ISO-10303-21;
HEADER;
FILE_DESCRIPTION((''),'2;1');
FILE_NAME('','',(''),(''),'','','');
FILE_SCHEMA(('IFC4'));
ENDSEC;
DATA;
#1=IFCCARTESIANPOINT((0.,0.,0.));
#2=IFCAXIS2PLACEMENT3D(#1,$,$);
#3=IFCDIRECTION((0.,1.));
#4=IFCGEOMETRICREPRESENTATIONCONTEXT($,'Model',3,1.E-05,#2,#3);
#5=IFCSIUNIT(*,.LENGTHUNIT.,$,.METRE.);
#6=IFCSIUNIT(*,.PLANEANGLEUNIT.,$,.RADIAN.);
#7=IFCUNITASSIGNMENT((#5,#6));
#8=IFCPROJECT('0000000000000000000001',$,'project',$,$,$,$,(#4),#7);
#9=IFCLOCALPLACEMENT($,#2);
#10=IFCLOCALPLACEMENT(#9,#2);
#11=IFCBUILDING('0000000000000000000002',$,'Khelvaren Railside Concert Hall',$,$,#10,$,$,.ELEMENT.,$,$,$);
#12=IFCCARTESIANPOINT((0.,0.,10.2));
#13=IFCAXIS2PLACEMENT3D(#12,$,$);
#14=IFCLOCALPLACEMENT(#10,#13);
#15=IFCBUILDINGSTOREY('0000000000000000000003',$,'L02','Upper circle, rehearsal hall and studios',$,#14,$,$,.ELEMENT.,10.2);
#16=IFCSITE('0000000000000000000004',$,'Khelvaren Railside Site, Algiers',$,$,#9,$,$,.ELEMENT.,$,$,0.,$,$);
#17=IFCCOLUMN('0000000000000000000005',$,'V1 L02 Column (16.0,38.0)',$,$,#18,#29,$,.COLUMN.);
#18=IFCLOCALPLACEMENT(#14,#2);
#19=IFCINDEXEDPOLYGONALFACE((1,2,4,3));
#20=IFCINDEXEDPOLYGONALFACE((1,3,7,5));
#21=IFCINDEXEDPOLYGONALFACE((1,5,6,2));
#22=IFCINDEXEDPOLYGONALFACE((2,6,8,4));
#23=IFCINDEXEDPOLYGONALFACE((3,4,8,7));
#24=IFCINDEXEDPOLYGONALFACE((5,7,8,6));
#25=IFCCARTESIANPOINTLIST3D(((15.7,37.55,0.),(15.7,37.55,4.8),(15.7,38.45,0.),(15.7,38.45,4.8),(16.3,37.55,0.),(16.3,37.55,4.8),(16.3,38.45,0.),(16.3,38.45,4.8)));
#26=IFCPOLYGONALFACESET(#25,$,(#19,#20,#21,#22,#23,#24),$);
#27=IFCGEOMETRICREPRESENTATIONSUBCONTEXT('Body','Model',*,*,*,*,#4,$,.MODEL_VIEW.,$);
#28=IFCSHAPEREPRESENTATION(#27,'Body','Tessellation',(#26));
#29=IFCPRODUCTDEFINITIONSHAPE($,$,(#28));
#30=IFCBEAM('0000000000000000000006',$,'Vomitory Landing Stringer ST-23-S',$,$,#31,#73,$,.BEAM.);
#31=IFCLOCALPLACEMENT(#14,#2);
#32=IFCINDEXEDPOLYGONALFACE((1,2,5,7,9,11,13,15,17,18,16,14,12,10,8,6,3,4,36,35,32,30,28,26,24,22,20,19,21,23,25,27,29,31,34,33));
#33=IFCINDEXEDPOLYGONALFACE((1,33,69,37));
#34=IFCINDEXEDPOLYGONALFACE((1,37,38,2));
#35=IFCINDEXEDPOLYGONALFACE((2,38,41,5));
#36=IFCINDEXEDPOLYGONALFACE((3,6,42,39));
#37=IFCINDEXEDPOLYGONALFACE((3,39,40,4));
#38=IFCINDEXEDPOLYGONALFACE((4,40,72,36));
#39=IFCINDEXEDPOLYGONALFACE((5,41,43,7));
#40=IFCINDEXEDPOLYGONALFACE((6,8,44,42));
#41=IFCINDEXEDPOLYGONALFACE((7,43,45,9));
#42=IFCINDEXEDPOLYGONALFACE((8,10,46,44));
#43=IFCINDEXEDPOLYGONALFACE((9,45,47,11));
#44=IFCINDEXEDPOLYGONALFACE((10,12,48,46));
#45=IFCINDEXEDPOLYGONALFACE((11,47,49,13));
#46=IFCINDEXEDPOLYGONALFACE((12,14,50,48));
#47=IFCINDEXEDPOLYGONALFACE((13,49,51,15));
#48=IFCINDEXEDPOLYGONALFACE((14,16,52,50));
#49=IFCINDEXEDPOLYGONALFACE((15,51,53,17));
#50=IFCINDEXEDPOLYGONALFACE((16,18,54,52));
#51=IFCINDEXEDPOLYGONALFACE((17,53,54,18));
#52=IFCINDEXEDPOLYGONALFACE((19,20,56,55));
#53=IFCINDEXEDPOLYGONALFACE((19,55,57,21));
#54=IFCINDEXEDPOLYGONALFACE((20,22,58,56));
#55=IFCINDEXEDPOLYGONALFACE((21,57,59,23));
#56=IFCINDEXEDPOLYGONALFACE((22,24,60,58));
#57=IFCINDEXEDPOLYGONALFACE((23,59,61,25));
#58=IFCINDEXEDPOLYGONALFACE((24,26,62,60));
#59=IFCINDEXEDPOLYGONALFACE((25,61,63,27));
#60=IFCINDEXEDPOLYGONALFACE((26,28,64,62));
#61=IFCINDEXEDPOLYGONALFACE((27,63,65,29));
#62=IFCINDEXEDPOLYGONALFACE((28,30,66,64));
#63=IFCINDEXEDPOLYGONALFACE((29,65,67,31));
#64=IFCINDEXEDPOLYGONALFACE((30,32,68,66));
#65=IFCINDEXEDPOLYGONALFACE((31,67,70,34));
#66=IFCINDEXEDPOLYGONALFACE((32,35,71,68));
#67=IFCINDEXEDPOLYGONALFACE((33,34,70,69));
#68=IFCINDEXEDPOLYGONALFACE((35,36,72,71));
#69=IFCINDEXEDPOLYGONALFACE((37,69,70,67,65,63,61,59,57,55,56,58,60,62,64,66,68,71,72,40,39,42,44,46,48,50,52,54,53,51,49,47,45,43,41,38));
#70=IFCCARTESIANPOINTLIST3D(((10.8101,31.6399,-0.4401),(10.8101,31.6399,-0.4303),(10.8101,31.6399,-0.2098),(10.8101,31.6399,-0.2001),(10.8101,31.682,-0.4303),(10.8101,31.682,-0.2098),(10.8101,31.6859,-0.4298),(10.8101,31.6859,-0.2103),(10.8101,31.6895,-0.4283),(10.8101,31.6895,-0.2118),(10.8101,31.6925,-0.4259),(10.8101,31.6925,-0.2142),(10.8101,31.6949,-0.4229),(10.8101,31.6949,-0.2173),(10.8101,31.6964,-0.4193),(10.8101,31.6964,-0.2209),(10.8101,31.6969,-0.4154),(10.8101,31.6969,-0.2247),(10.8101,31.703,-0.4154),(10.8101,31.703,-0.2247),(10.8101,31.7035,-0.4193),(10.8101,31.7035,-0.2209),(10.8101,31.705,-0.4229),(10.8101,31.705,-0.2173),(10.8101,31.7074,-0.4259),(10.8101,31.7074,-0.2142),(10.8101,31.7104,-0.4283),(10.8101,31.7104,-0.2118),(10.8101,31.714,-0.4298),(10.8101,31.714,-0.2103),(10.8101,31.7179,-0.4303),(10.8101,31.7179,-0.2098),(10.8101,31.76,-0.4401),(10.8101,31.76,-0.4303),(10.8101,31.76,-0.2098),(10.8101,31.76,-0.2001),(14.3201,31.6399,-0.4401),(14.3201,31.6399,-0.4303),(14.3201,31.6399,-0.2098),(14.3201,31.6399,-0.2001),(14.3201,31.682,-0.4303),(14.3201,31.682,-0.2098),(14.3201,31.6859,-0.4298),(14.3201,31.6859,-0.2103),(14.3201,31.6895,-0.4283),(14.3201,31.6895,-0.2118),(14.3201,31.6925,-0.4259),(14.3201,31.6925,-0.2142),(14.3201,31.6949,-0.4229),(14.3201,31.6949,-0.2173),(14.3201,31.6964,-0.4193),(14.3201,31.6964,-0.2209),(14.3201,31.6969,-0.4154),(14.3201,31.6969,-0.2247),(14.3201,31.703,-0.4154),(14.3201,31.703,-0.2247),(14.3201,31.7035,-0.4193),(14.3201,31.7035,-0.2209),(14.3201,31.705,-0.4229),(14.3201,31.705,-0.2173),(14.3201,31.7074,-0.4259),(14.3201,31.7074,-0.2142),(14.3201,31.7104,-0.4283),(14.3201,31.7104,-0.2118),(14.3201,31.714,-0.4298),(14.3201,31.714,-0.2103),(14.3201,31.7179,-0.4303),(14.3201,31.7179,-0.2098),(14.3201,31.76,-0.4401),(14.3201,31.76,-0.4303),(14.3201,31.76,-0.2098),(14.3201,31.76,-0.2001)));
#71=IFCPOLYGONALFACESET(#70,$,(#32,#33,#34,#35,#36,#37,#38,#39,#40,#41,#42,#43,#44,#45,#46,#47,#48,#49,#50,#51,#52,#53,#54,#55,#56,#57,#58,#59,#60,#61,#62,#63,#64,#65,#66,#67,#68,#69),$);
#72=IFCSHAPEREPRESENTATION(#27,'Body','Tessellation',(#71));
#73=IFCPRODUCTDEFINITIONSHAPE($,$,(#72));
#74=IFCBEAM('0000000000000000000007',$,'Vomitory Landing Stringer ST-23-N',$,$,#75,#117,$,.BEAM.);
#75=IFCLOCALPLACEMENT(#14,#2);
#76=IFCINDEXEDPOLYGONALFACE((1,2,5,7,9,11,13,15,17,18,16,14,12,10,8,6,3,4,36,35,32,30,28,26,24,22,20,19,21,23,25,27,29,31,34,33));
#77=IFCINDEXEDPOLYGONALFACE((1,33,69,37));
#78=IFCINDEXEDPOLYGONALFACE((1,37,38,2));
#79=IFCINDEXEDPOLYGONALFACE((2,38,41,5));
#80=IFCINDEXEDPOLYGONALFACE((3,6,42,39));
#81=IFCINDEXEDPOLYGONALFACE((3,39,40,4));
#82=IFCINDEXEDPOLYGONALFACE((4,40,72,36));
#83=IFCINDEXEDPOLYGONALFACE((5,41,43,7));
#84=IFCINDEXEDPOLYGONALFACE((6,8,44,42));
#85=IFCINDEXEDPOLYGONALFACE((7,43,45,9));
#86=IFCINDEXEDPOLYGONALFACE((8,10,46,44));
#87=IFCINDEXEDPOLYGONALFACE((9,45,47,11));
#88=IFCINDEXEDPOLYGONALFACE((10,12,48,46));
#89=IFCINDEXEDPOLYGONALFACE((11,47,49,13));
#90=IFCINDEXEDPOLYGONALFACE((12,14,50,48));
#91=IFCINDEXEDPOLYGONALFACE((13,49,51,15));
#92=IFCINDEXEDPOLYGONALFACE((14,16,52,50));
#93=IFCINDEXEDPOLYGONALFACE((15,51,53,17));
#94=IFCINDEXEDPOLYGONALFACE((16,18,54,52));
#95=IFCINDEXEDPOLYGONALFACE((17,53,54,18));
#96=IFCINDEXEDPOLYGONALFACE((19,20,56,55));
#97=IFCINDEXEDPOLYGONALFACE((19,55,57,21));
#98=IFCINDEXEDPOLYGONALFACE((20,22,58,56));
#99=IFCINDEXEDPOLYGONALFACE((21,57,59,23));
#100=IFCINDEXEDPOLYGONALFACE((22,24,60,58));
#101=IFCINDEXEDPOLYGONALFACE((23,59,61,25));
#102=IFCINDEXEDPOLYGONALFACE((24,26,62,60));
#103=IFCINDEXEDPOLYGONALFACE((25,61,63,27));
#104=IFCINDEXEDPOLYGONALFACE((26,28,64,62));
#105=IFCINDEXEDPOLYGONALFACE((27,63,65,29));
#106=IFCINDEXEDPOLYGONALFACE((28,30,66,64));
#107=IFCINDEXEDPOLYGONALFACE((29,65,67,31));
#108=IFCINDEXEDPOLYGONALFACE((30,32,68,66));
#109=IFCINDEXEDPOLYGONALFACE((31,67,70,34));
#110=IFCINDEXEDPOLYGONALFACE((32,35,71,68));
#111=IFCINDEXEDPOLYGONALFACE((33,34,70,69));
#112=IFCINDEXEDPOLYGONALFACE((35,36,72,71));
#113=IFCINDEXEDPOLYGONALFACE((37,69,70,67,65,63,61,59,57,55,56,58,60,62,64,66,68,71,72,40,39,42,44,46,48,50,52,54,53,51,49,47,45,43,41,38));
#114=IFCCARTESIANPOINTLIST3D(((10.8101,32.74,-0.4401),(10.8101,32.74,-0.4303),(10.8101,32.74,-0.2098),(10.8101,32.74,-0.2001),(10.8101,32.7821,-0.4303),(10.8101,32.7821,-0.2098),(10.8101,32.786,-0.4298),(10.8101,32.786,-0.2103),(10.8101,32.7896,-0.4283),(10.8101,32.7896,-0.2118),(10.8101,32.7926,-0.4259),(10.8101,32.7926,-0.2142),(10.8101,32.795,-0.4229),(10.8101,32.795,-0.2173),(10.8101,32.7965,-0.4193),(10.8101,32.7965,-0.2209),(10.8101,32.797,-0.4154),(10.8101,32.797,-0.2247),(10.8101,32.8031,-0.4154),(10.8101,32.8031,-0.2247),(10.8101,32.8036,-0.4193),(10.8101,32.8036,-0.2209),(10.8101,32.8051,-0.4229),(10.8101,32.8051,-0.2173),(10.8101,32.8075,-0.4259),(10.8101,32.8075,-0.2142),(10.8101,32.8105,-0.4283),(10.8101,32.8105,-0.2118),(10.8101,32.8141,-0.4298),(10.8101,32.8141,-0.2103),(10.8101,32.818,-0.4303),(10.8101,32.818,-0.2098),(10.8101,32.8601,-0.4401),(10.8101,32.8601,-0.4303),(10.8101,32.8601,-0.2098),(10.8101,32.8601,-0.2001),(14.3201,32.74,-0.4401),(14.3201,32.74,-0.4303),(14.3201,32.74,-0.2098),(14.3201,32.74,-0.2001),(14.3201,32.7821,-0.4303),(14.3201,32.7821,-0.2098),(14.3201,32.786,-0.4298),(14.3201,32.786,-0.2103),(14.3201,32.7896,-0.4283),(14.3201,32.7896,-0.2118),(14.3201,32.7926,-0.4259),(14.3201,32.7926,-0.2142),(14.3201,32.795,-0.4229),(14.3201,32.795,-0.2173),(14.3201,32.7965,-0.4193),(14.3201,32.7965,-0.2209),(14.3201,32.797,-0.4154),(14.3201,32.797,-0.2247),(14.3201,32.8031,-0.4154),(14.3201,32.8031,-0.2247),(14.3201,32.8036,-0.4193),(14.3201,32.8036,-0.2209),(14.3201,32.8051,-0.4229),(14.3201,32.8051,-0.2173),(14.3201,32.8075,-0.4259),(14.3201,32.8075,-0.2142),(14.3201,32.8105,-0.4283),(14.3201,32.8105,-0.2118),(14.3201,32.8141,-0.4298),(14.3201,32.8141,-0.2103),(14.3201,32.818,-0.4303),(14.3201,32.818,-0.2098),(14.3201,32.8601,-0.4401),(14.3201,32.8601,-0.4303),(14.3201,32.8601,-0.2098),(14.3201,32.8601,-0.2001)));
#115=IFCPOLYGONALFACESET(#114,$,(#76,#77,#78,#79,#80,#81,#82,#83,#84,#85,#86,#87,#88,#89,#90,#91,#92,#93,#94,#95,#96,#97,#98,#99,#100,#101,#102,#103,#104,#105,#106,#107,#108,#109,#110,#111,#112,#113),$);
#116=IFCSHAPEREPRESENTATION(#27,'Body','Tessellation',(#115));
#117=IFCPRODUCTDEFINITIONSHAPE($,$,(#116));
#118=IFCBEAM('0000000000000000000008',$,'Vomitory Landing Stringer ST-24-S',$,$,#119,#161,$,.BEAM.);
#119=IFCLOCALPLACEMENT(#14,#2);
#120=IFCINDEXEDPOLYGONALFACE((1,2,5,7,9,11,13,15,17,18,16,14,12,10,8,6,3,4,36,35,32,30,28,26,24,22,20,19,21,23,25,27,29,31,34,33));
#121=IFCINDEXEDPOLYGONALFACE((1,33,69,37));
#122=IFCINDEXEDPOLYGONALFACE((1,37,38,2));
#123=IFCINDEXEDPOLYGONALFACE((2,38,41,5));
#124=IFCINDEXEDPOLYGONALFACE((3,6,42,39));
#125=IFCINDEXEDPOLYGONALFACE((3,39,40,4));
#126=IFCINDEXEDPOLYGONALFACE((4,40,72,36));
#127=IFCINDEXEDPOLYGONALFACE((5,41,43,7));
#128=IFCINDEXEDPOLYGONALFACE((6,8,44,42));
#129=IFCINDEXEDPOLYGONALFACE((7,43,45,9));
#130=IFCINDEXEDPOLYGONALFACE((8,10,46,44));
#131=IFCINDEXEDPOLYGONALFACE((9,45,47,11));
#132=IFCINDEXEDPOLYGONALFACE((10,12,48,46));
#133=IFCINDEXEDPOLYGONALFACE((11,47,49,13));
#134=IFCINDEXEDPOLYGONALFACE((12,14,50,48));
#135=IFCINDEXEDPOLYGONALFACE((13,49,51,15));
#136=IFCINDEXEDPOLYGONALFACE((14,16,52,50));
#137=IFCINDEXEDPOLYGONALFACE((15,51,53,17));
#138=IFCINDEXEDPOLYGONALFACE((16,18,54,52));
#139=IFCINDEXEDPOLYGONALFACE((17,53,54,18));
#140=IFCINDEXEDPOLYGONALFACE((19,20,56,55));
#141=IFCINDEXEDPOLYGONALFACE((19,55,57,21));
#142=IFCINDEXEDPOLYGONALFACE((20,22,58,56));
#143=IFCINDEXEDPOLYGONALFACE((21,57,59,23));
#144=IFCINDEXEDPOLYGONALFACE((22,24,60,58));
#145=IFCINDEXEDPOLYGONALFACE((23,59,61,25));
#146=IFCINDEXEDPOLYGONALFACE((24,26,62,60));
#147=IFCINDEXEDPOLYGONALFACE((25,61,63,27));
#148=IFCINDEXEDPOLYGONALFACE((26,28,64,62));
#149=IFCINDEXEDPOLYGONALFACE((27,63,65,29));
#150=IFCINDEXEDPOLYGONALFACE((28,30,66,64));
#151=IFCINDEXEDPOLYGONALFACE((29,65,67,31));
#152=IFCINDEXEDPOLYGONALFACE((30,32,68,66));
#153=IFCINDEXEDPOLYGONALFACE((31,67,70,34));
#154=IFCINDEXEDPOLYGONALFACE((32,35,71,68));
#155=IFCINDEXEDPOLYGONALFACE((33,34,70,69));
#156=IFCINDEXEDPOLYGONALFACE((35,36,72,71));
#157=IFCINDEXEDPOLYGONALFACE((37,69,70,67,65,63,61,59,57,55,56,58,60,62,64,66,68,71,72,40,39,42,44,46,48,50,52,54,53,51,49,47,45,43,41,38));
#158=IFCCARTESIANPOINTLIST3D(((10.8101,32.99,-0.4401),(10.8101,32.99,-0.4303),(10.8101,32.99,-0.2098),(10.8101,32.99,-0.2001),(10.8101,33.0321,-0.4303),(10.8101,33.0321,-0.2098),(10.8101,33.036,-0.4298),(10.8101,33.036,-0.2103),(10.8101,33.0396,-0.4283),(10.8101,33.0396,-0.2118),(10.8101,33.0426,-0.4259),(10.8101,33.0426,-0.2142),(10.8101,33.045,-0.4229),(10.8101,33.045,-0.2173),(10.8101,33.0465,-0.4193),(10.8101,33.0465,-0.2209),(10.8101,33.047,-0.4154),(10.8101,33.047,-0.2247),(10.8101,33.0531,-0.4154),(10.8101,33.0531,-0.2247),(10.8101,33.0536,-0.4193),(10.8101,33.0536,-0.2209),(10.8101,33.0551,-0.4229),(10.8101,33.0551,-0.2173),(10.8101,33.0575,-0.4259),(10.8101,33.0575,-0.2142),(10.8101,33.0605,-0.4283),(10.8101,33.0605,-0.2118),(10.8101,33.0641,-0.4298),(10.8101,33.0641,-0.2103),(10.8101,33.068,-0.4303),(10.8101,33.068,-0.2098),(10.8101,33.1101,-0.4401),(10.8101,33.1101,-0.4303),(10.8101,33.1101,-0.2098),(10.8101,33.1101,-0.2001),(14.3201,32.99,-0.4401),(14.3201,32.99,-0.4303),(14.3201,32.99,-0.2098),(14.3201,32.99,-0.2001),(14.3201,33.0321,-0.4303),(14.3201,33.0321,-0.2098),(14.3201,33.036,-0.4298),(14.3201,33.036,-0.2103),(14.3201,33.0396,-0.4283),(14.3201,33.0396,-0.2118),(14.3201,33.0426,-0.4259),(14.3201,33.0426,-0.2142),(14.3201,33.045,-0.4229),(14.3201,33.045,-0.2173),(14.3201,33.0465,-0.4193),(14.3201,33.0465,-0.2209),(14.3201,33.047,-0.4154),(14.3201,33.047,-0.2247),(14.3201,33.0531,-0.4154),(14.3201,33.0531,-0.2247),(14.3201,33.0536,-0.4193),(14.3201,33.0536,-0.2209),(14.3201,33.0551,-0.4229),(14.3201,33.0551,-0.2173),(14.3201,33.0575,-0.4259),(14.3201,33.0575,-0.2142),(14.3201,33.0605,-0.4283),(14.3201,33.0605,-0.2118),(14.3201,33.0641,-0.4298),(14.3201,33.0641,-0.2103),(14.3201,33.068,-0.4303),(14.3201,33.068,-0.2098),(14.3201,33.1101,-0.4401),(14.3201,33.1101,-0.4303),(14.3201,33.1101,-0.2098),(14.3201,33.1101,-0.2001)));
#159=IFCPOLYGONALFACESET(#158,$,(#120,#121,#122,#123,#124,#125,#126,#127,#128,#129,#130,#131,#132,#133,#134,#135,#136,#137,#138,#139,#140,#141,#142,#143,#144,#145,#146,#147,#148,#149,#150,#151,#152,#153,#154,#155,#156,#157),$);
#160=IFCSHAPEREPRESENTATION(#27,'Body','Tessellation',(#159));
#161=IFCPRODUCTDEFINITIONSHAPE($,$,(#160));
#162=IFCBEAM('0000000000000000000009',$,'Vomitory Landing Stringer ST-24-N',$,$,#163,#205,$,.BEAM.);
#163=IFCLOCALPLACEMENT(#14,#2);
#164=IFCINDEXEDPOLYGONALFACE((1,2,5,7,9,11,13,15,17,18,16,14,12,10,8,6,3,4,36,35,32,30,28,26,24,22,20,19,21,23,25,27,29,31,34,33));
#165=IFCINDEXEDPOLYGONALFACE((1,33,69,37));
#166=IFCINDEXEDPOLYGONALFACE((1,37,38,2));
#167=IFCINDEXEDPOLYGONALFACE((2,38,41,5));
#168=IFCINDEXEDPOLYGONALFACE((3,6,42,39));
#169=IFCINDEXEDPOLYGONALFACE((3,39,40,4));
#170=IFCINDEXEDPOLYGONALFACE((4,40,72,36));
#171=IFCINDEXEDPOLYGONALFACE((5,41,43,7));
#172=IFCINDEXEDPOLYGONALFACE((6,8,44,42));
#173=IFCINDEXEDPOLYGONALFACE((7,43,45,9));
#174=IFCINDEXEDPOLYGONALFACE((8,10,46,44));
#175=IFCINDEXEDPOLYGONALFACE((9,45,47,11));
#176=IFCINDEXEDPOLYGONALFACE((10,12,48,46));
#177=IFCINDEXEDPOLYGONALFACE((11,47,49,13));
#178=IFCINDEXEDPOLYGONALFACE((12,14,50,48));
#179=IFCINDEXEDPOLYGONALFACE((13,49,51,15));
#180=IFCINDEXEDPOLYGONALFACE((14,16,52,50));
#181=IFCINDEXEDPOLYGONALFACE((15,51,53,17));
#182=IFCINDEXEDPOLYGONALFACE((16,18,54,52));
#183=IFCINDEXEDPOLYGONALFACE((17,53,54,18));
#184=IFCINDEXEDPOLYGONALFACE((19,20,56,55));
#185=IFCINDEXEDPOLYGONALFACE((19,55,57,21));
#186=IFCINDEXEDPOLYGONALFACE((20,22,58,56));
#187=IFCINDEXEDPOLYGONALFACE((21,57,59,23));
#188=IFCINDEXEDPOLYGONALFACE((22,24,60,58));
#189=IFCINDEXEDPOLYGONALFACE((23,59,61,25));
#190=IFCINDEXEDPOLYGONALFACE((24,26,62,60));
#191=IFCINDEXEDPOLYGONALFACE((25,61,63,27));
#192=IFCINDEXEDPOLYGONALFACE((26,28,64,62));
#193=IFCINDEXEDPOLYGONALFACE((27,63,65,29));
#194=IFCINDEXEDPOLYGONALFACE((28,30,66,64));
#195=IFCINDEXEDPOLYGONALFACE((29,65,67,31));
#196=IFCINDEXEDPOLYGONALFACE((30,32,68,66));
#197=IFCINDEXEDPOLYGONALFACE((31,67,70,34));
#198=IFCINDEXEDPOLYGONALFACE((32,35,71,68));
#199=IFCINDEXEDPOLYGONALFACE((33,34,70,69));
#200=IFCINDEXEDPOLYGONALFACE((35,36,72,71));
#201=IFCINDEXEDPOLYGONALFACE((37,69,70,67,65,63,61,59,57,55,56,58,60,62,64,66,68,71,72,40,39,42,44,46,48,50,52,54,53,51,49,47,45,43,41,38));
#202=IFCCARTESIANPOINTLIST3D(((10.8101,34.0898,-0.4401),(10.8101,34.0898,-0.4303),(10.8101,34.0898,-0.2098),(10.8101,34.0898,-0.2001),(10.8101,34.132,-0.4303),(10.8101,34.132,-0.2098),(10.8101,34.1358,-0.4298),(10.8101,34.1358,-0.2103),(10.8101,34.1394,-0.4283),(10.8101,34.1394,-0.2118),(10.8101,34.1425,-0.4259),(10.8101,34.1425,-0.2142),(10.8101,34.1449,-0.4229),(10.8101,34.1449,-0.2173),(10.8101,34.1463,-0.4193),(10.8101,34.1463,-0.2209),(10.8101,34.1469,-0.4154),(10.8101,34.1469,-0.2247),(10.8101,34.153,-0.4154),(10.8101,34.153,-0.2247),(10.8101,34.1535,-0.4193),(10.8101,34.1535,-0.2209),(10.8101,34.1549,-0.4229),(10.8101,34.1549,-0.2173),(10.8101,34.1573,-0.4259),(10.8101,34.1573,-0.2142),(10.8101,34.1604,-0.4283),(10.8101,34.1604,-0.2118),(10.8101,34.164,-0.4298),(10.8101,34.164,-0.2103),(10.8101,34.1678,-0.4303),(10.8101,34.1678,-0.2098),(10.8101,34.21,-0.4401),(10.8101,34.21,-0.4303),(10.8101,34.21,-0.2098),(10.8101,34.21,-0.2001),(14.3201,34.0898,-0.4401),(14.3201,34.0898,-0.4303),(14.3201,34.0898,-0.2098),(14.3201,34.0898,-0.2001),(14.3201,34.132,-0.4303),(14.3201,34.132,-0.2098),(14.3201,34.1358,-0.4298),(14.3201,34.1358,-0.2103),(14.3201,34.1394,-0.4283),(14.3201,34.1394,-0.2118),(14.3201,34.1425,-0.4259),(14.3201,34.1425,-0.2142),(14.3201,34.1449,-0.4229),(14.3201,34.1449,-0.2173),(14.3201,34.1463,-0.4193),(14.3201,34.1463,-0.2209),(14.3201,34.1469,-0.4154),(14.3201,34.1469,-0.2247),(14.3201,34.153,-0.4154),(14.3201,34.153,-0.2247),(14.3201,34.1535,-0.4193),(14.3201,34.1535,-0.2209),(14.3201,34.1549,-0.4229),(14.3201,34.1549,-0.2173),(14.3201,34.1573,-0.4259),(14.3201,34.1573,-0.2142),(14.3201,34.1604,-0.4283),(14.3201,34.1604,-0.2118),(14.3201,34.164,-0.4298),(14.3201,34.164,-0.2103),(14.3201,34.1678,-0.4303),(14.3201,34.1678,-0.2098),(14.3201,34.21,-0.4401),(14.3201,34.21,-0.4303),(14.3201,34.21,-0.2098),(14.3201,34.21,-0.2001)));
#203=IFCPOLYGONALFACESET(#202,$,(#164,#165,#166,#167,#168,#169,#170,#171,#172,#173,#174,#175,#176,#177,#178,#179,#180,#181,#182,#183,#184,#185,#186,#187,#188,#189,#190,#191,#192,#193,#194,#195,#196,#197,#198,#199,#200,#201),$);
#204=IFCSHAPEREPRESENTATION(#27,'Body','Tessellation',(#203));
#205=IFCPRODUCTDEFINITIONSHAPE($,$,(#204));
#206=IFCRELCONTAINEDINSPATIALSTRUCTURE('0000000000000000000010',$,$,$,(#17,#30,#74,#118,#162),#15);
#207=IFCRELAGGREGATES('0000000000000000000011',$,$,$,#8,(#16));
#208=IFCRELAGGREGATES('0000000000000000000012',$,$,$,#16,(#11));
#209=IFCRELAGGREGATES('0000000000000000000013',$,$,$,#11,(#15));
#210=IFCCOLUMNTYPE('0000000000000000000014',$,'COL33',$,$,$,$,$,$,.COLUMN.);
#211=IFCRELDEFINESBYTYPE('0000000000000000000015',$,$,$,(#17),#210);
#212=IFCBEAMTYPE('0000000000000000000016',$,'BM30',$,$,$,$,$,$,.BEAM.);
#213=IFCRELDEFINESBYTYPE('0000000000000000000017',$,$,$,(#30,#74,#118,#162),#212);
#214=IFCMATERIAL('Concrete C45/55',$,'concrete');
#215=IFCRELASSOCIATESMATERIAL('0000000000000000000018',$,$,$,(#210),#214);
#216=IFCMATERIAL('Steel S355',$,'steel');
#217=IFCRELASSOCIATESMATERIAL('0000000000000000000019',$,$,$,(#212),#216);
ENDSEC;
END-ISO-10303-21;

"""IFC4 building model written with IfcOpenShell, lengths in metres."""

from ifc_helpers import new_model, si_unit, direction, frame, origin, origin_2d, place, context, subcontext, project, spatial, rectangle, i_section, extrude, material, material_profile, profile_set, type_object, element, save


model = new_model("IFC4")

# Units and contexts
model_context = context("Model", 3, precision=1e-05, world=origin(), true_north=direction((0.0, 1.0)))
body_context = subcontext(model_context, "Body", "Model", "MODEL_VIEW")
ifc_project = project(units=[si_unit("LENGTHUNIT", "METRE"), si_unit("PLANEANGLEUNIT", "RADIAN")], contexts=[model_context])

# Site, building, storey
site_placement = place(None, origin())
site = spatial("IfcSite", under=ifc_project, at=site_placement, Name="Khelvaren Railside Site, Algiers", CompositionType="ELEMENT", RefElevation=0.0)
building_placement = place(site_placement, origin())
building = spatial("IfcBuilding", under=site, at=building_placement, Name="Khelvaren Railside Concert Hall", CompositionType="ELEMENT")
storey_placement = place(building_placement, frame((0.0, 0.0, 10.2)))
storey = spatial("IfcBuildingStorey", under=building, at=storey_placement, Name="L02", Description="Upper circle, rehearsal hall and studios", CompositionType="ELEMENT", Elevation=10.2)

# Column
ifc_material_1 = material(Name="Concrete C45/55", Category="concrete")
ifc_material_profile_1 = material_profile(ifc_material_1, rectangle(XDim=0.6001, YDim=0.8999, at=origin_2d()), Name="RC 600x900")
ifc_profile_set_1 = profile_set([ifc_material_profile_1], Name="Concrete C45/55")
column_type = type_object("IfcColumnType", Name="COL33", PredefinedType="COLUMN", material=ifc_profile_set_1)
column_placement = place(storey_placement, frame((16.0, 38.0, 0.0), z_axis=(0.0, 0.0, 1.0), x_axis=(1.0, 0.0, 0.0)))
element("IfcColumn", 1, at=column_placement, inside=storey, type_object=column_type, Name="V1 L02 Column (16.0,38.0)", PredefinedType="COLUMN", context=body_context, shape_type="SweptSolid", body=[
    extrude(rectangle(XDim=0.6001, YDim=0.8999, at=origin_2d()), origin(), (0.0, 0.0, 1.0), 4.8),
])

# Beams
ifc_material_2 = material(Name="Steel S355", Category="steel")
ifc_material_profile_2 = material_profile(ifc_material_2, i_section(OverallWidth=0.1201, OverallDepth=0.24, WebThickness=0.0061, FlangeThickness=0.0098, FilletRadius=0.0149, at=origin_2d()), Name="IPE 240")
ifc_profile_set_2 = profile_set([ifc_material_profile_2], Name="Steel S355")
beam_type_1 = type_object("IfcBeamType", Name="BM30", PredefinedType="BEAM", material=ifc_profile_set_2)
for number, where, z_axis, x_axis, name in (
    (2, (10.8101, 31.7, -0.3201), (1.0, 0.0, 0.0), (0.0, 1.0, 0.0), "Vomitory Landing Stringer ST-23-S"),
    (3, (10.8101, 32.8, -0.3201), (1.0, 0.0, 0.0), (0.0, 1.0, 0.0), "Vomitory Landing Stringer ST-23-N"),
    (4, (10.8101, 33.05, -0.3201), (1.0, 0.0, 0.0), (0.0, 1.0, 0.0), "Vomitory Landing Stringer ST-24-S"),
    (5, (10.8101, 34.1499, -0.3201), (1.0, 0.0, 0.0), (0.0, 1.0, 0.0), "Vomitory Landing Stringer ST-24-N"),
):
    element("IfcBeam", number, at=place(storey_placement, frame(where, z_axis=z_axis, x_axis=x_axis)), inside=storey, type_object=beam_type_1, Name=name, PredefinedType="BEAM", context=body_context, shape_type="SweptSolid", body=[
        extrude(i_section(OverallWidth=0.1201, OverallDepth=0.24, WebThickness=0.0061, FlangeThickness=0.0098, FilletRadius=0.0149, at=origin_2d()), origin(), (0.0, 0.0, 1.0), 3.51),
    ])

save(model, "model.ifc")
